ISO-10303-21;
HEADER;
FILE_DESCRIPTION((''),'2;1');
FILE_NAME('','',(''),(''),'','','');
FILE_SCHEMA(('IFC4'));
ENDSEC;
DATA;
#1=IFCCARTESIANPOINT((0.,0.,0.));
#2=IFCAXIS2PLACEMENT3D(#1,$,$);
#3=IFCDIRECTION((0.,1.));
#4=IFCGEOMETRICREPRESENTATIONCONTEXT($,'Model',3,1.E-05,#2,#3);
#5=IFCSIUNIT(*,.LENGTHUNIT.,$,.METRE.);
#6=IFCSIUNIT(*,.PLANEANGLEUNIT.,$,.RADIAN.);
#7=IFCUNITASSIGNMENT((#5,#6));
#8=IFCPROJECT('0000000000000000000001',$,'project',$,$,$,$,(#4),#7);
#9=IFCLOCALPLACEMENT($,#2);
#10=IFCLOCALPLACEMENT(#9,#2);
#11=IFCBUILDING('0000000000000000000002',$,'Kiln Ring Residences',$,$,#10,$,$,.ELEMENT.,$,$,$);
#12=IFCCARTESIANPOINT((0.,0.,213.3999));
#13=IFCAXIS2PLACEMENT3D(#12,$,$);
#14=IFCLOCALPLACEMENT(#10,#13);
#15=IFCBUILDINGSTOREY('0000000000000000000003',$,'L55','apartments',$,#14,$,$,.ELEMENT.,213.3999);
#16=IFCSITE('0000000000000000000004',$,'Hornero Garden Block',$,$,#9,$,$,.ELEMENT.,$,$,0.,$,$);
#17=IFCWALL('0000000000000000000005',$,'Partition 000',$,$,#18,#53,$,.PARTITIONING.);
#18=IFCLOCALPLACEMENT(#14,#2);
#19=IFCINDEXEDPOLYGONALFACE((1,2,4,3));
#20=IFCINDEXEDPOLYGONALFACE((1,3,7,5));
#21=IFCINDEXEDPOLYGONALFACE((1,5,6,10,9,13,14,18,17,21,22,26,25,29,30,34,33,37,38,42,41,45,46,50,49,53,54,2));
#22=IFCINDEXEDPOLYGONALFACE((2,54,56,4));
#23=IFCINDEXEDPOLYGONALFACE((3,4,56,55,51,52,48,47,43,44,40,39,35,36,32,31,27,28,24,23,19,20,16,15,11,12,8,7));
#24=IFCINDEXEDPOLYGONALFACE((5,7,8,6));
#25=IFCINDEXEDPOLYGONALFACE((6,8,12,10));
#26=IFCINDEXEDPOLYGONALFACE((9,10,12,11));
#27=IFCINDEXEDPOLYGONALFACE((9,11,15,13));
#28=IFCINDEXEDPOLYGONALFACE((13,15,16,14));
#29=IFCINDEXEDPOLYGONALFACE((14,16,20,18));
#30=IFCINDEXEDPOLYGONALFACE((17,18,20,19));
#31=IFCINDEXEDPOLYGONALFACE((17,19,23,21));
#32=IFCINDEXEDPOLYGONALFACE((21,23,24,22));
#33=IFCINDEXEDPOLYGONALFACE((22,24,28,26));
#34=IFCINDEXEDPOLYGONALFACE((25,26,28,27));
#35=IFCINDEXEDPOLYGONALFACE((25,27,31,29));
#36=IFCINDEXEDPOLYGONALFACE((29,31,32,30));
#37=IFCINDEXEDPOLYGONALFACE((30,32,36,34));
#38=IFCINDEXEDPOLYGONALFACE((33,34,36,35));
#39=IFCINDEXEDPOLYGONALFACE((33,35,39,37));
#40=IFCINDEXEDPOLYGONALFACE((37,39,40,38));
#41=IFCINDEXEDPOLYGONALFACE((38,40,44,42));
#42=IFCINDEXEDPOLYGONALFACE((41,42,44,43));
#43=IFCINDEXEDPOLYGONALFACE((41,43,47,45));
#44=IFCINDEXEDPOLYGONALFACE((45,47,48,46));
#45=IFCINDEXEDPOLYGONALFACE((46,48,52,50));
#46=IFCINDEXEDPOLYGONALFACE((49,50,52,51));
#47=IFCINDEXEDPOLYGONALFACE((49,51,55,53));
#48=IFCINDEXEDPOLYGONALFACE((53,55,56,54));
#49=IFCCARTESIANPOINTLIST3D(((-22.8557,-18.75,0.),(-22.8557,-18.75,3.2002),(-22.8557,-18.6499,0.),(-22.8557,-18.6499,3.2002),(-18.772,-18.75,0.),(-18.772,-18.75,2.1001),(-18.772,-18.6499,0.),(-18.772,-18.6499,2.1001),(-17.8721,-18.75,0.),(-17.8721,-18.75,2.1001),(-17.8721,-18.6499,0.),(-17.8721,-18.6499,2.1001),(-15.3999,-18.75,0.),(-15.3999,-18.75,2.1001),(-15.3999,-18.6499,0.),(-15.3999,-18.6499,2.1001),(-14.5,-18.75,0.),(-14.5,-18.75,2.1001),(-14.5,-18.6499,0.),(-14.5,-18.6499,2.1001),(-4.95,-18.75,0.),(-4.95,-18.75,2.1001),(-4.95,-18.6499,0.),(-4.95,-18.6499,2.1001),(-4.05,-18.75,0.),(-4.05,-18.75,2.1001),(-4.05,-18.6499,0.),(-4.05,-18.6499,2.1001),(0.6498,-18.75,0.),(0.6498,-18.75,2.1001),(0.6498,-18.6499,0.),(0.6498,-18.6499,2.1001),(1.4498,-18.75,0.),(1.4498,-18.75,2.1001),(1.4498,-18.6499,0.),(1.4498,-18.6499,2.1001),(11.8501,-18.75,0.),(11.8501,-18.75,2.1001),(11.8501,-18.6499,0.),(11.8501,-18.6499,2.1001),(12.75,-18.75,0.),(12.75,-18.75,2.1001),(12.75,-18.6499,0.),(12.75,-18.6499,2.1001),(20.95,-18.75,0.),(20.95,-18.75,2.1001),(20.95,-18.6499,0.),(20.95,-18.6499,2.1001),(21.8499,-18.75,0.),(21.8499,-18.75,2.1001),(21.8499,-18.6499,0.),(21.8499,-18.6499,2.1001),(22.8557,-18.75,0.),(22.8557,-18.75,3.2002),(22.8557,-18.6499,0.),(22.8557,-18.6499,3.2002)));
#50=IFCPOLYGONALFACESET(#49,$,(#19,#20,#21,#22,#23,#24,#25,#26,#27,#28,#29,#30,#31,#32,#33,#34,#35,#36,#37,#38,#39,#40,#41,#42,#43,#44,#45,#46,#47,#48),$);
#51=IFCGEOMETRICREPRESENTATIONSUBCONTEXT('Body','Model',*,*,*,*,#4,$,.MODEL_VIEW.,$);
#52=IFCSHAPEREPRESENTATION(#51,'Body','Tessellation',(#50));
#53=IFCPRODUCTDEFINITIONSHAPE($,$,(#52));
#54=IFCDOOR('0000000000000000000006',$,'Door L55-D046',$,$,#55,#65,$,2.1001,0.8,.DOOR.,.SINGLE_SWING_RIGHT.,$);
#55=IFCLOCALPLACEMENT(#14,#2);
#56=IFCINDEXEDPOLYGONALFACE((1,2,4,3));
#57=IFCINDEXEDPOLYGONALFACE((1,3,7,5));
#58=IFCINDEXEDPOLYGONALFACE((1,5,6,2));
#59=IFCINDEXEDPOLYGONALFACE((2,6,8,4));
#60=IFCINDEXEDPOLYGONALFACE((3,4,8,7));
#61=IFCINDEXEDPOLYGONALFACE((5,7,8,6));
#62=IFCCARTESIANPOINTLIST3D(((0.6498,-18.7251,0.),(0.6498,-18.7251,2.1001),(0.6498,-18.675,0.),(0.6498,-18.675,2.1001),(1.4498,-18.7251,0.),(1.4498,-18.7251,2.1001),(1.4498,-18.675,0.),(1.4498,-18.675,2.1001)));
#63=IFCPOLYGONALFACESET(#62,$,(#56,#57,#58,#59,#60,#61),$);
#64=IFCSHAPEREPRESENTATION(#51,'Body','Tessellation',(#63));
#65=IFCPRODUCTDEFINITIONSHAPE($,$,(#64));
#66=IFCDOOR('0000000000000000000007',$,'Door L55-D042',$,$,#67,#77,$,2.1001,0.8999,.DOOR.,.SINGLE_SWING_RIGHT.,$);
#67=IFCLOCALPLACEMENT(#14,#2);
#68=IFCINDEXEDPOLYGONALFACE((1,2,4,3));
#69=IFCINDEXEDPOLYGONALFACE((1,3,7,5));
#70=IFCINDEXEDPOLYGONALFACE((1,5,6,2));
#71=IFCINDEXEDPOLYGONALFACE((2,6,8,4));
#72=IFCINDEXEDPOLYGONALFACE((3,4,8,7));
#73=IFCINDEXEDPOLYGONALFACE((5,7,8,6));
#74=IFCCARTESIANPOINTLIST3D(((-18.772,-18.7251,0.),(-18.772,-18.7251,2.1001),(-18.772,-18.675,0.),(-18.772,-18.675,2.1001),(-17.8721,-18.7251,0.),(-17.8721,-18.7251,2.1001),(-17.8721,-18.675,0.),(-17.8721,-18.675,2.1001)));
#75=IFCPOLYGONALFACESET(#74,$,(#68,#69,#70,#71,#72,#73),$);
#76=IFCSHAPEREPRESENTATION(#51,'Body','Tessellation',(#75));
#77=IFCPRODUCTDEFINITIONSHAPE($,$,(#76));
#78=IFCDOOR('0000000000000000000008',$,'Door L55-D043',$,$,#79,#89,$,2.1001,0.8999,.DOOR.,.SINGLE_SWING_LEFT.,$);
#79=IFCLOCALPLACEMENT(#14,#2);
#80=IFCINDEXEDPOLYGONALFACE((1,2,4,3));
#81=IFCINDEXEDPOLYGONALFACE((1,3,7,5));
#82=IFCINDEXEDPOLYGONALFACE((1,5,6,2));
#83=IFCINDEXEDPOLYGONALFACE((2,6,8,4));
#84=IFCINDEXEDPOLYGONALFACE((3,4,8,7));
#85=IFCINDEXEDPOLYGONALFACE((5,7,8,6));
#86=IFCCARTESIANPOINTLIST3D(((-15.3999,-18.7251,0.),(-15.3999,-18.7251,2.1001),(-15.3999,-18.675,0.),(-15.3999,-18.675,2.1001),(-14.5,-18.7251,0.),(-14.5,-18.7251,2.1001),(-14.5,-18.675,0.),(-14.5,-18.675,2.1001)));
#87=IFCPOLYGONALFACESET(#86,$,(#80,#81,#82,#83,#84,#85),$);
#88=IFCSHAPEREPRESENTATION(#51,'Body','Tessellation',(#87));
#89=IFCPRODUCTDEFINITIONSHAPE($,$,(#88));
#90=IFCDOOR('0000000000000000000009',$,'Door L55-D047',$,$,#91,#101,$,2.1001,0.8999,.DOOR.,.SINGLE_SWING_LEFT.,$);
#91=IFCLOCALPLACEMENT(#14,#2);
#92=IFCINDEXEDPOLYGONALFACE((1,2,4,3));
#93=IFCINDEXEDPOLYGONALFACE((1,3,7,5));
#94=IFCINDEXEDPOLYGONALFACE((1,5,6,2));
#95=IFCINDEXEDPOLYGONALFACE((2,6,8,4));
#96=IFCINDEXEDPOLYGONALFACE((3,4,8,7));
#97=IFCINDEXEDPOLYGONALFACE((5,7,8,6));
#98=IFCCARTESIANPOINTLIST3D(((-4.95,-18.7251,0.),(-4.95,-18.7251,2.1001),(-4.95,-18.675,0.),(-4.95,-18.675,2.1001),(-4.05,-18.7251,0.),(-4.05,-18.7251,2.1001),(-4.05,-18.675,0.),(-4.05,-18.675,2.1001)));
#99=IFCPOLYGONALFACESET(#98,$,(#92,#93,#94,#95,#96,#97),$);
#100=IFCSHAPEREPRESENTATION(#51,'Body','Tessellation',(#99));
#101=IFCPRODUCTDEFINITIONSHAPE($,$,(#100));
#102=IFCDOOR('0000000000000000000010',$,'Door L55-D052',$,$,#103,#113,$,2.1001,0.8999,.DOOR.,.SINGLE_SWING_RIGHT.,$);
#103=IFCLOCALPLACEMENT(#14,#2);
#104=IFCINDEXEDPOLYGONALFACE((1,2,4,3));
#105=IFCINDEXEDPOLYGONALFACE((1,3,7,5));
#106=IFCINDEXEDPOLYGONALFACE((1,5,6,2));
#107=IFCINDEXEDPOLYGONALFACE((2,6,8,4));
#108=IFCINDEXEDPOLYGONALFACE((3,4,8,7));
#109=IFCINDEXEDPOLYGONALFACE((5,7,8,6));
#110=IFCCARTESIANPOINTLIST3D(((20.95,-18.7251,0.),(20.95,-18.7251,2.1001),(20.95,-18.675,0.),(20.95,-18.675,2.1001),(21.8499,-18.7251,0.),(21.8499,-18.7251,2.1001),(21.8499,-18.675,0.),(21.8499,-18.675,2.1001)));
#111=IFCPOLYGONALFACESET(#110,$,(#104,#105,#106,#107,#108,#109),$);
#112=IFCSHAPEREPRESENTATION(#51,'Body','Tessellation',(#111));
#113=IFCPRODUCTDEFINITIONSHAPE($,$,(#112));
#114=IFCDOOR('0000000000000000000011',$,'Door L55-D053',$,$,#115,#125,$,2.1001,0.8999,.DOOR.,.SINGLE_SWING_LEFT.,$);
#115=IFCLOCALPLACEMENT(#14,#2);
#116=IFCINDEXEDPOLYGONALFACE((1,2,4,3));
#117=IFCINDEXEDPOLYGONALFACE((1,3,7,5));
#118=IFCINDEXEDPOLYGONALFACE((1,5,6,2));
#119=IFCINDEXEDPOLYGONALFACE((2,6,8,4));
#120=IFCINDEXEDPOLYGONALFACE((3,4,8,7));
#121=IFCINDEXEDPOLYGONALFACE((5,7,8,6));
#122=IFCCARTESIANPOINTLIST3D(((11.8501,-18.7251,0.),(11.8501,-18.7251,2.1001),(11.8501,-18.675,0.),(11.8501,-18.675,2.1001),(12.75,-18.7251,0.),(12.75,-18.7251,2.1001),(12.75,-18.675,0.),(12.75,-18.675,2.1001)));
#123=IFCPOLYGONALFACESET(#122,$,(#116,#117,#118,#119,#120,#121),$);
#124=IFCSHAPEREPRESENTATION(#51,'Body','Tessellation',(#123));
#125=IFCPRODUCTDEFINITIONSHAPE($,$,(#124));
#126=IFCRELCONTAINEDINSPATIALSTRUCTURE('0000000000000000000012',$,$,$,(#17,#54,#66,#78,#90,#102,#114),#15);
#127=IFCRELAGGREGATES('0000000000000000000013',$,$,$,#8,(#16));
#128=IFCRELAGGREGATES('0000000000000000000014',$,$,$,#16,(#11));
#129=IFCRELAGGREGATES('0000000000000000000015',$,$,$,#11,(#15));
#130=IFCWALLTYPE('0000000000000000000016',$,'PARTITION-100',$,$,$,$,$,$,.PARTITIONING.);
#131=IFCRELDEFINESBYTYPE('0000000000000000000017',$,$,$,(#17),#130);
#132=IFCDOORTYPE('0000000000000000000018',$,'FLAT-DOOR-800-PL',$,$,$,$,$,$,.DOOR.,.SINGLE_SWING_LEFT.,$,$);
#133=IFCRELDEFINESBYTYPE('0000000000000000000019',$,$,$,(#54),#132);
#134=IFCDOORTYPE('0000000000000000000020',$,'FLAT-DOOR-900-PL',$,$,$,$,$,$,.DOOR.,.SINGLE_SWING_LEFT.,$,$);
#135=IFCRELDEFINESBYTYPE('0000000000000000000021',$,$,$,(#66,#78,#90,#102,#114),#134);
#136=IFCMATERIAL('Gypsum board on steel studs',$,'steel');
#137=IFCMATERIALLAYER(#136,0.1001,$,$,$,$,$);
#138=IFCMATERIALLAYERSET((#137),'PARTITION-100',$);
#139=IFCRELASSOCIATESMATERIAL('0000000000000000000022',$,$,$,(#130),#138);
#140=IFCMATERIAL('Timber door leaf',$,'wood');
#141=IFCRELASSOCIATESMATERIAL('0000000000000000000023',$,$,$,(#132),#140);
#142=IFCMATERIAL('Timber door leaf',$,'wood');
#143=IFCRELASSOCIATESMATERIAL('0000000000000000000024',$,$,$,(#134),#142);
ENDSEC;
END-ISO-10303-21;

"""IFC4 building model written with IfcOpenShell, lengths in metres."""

from ifc_helpers import new_model, si_unit, direction, frame, frame_2d, origin, place, context, subcontext, project, spatial, rectangle, extrude, material, layer, layer_set, type_object, element, fill, save


model = new_model("IFC4")

# Units and contexts
model_context = context("Model", 3, precision=1e-05, world=origin(), true_north=direction((0.0, 1.0)))
body_context = subcontext(model_context, "Body", "Model", "MODEL_VIEW")
ifc_project = project(units=[si_unit("LENGTHUNIT", "METRE"), si_unit("PLANEANGLEUNIT", "RADIAN")], contexts=[model_context])

# Site, building, storey
site_placement = place(None, origin())
site = spatial("IfcSite", under=ifc_project, at=site_placement, Name="Hornero Garden Block", CompositionType="ELEMENT", RefElevation=0.0)
building_placement = place(site_placement, origin())
building = spatial("IfcBuilding", under=site, at=building_placement, Name="Kiln Ring Residences", CompositionType="ELEMENT")
storey_placement = place(building_placement, frame((0.0, 0.0, 213.3999)))
storey = spatial("IfcBuildingStorey", under=building, at=storey_placement, Name="L55", Description="apartments", CompositionType="ELEMENT", Elevation=213.3999)

# Wall, openings, doors
ifc_material_1 = material(Name="Gypsum board on steel studs", Category="steel")
ifc_layer_1 = layer(ifc_material_1, 0.1001)
ifc_layer_set_1 = layer_set([ifc_layer_1], Name="PARTITION-100")
wall_type_1 = type_object("IfcWallType", Name="PARTITION-100", PredefinedType="PARTITIONING", material=ifc_layer_set_1)
wall_1_placement = place(storey_placement, frame((-22.8557, -18.7, 0.0), z_axis=(0.0, 0.0, 1.0), x_axis=(1.0, 0.0, 0.0)))
wall_1 = element("IfcWall", 1, at=wall_1_placement, inside=storey, type_object=wall_type_1, Name="Partition 000", PredefinedType="PARTITIONING", context=body_context, shape_type="SweptSolid", body=[
    extrude(rectangle(XDim=45.7114, YDim=0.1001, at=frame_2d((22.8557, 0.0))), origin(), (0.0, 0.0, 1.0), 3.2002),
])
opening_1_placement = place(wall_1_placement, frame((4.0837, 0.0, 0.0)))
opening_1 = element("IfcOpeningElement", 2, at=opening_1_placement, cuts=wall_1, PredefinedType="OPENING", context=body_context, shape_type="SweptSolid", body=[
    extrude(rectangle(XDim=0.8999, YDim=2.1001, at=frame_2d((0.45, 1.05))), frame((0.0, 0.0601, 0.0), z_axis=(0.0, -1.0, 0.0), x_axis=(1.0, 0.0, 0.0)), (0.0, 0.0, 1.0), 0.1201),
])
opening_2_placement = place(wall_1_placement, frame((7.4558, 0.0, 0.0)))
opening_2 = element("IfcOpeningElement", 3, at=opening_2_placement, cuts=wall_1, PredefinedType="OPENING", context=body_context, shape_type="SweptSolid", body=[
    extrude(rectangle(XDim=0.8999, YDim=2.1001, at=frame_2d((0.45, 1.05))), frame((0.0, 0.0601, 0.0), z_axis=(0.0, -1.0, 0.0), x_axis=(1.0, 0.0, 0.0)), (0.0, 0.0, 1.0), 0.1201),
])
opening_3_placement = place(wall_1_placement, frame((23.5056, 0.0, 0.0)))
opening_3 = element("IfcOpeningElement", 4, at=opening_3_placement, cuts=wall_1, PredefinedType="OPENING", context=body_context, shape_type="SweptSolid", body=[
    extrude(rectangle(XDim=0.8, YDim=2.1001, at=frame_2d((0.3999, 1.05))), frame((0.0, 0.0601, 0.0), z_axis=(0.0, -1.0, 0.0), x_axis=(1.0, 0.0, 0.0)), (0.0, 0.0, 1.0), 0.1201),
])
opening_4_placement = place(wall_1_placement, frame((17.9058, 0.0, 0.0)))
opening_4 = element("IfcOpeningElement", 5, at=opening_4_placement, cuts=wall_1, PredefinedType="OPENING", context=body_context, shape_type="SweptSolid", body=[
    extrude(rectangle(XDim=0.8999, YDim=2.1001, at=frame_2d((0.45, 1.05))), frame((0.0, 0.0601, 0.0), z_axis=(0.0, -1.0, 0.0), x_axis=(1.0, 0.0, 0.0)), (0.0, 0.0, 1.0), 0.1201),
])
opening_5_placement = place(wall_1_placement, frame((43.8057, 0.0, 0.0)))
opening_5 = element("IfcOpeningElement", 6, at=opening_5_placement, cuts=wall_1, PredefinedType="OPENING", context=body_context, shape_type="SweptSolid", body=[
    extrude(rectangle(XDim=0.8999, YDim=2.1001, at=frame_2d((0.45, 1.05))), frame((0.0, 0.0601, 0.0), z_axis=(0.0, -1.0, 0.0), x_axis=(1.0, 0.0, 0.0)), (0.0, 0.0, 1.0), 0.1201),
])
opening_6_placement = place(wall_1_placement, frame((34.7058, 0.0, 0.0)))
opening_6 = element("IfcOpeningElement", 7, at=opening_6_placement, cuts=wall_1, PredefinedType="OPENING", context=body_context, shape_type="SweptSolid", body=[
    extrude(rectangle(XDim=0.8999, YDim=2.1001, at=frame_2d((0.45, 1.05))), frame((0.0, 0.0601, 0.0), z_axis=(0.0, -1.0, 0.0), x_axis=(1.0, 0.0, 0.0)), (0.0, 0.0, 1.0), 0.1201),
])
ifc_material_2 = material(Name="Timber door leaf", Category="wood")
door_type_1 = type_object("IfcDoorType", Name="FLAT-DOOR-800-PL", OperationType="SINGLE_SWING_LEFT", PredefinedType="DOOR", material=ifc_material_2)
door_1_placement = place(opening_3_placement, origin())
door_1 = element("IfcDoor", 8, at=door_1_placement, inside=storey, type_object=door_type_1, Name="Door L55-D046", OperationType="SINGLE_SWING_RIGHT", OverallHeight=2.1001, OverallWidth=0.8, PredefinedType="DOOR", context=body_context, shape_type="SweptSolid", body=[
    extrude(rectangle(XDim=0.8, YDim=2.1001, at=frame_2d((0.3999, 1.05))), frame((0.0, 0.0249, 0.0), z_axis=(0.0, -1.0, 0.0), x_axis=(1.0, 0.0, 0.0)), (0.0, 0.0, 1.0), 0.05),
])
fill(opening_3, door_1)
ifc_material_3 = material(Name="Timber door leaf", Category="wood")
door_type_2 = type_object("IfcDoorType", Name="FLAT-DOOR-900-PL", OperationType="SINGLE_SWING_LEFT", PredefinedType="DOOR", material=ifc_material_3)
door_2_placement = place(opening_1_placement, origin())
door_2 = element("IfcDoor", 9, at=door_2_placement, inside=storey, type_object=door_type_2, Name="Door L55-D042", OperationType="SINGLE_SWING_RIGHT", OverallHeight=2.1001, OverallWidth=0.8999, PredefinedType="DOOR", context=body_context, shape_type="SweptSolid", body=[
    extrude(rectangle(XDim=0.8999, YDim=2.1001, at=frame_2d((0.45, 1.05))), frame((0.0, 0.0249, 0.0), z_axis=(0.0, -1.0, 0.0), x_axis=(1.0, 0.0, 0.0)), (0.0, 0.0, 1.0), 0.05),
])
fill(opening_1, door_2)
door_3_placement = place(opening_2_placement, origin())
door_3 = element("IfcDoor", 10, at=door_3_placement, inside=storey, type_object=door_type_2, Name="Door L55-D043", OperationType="SINGLE_SWING_LEFT", OverallHeight=2.1001, OverallWidth=0.8999, PredefinedType="DOOR", context=body_context, shape_type="SweptSolid", body=[
    extrude(rectangle(XDim=0.8999, YDim=2.1001, at=frame_2d((0.45, 1.05))), frame((0.0, 0.0249, 0.0), z_axis=(0.0, -1.0, 0.0), x_axis=(1.0, 0.0, 0.0)), (0.0, 0.0, 1.0), 0.05),
])
fill(opening_2, door_3)
door_4_placement = place(opening_4_placement, origin())
door_4 = element("IfcDoor", 11, at=door_4_placement, inside=storey, type_object=door_type_2, Name="Door L55-D047", OperationType="SINGLE_SWING_LEFT", OverallHeight=2.1001, OverallWidth=0.8999, PredefinedType="DOOR", context=body_context, shape_type="SweptSolid", body=[
    extrude(rectangle(XDim=0.8999, YDim=2.1001, at=frame_2d((0.45, 1.05))), frame((0.0, 0.0249, 0.0), z_axis=(0.0, -1.0, 0.0), x_axis=(1.0, 0.0, 0.0)), (0.0, 0.0, 1.0), 0.05),
])
fill(opening_4, door_4)
door_5_placement = place(opening_5_placement, origin())
door_5 = element("IfcDoor", 12, at=door_5_placement, inside=storey, type_object=door_type_2, Name="Door L55-D052", OperationType="SINGLE_SWING_RIGHT", OverallHeight=2.1001, OverallWidth=0.8999, PredefinedType="DOOR", context=body_context, shape_type="SweptSolid", body=[
    extrude(rectangle(XDim=0.8999, YDim=2.1001, at=frame_2d((0.45, 1.05))), frame((0.0, 0.0249, 0.0), z_axis=(0.0, -1.0, 0.0), x_axis=(1.0, 0.0, 0.0)), (0.0, 0.0, 1.0), 0.05),
])
fill(opening_5, door_5)
door_6_placement = place(opening_6_placement, origin())
door_6 = element("IfcDoor", 13, at=door_6_placement, inside=storey, type_object=door_type_2, Name="Door L55-D053", OperationType="SINGLE_SWING_LEFT", OverallHeight=2.1001, OverallWidth=0.8999, PredefinedType="DOOR", context=body_context, shape_type="SweptSolid", body=[
    extrude(rectangle(XDim=0.8999, YDim=2.1001, at=frame_2d((0.45, 1.05))), frame((0.0, 0.0249, 0.0), z_axis=(0.0, -1.0, 0.0), x_axis=(1.0, 0.0, 0.0)), (0.0, 0.0, 1.0), 0.05),
])
fill(opening_6, door_6)

save(model, "model.ifc")
